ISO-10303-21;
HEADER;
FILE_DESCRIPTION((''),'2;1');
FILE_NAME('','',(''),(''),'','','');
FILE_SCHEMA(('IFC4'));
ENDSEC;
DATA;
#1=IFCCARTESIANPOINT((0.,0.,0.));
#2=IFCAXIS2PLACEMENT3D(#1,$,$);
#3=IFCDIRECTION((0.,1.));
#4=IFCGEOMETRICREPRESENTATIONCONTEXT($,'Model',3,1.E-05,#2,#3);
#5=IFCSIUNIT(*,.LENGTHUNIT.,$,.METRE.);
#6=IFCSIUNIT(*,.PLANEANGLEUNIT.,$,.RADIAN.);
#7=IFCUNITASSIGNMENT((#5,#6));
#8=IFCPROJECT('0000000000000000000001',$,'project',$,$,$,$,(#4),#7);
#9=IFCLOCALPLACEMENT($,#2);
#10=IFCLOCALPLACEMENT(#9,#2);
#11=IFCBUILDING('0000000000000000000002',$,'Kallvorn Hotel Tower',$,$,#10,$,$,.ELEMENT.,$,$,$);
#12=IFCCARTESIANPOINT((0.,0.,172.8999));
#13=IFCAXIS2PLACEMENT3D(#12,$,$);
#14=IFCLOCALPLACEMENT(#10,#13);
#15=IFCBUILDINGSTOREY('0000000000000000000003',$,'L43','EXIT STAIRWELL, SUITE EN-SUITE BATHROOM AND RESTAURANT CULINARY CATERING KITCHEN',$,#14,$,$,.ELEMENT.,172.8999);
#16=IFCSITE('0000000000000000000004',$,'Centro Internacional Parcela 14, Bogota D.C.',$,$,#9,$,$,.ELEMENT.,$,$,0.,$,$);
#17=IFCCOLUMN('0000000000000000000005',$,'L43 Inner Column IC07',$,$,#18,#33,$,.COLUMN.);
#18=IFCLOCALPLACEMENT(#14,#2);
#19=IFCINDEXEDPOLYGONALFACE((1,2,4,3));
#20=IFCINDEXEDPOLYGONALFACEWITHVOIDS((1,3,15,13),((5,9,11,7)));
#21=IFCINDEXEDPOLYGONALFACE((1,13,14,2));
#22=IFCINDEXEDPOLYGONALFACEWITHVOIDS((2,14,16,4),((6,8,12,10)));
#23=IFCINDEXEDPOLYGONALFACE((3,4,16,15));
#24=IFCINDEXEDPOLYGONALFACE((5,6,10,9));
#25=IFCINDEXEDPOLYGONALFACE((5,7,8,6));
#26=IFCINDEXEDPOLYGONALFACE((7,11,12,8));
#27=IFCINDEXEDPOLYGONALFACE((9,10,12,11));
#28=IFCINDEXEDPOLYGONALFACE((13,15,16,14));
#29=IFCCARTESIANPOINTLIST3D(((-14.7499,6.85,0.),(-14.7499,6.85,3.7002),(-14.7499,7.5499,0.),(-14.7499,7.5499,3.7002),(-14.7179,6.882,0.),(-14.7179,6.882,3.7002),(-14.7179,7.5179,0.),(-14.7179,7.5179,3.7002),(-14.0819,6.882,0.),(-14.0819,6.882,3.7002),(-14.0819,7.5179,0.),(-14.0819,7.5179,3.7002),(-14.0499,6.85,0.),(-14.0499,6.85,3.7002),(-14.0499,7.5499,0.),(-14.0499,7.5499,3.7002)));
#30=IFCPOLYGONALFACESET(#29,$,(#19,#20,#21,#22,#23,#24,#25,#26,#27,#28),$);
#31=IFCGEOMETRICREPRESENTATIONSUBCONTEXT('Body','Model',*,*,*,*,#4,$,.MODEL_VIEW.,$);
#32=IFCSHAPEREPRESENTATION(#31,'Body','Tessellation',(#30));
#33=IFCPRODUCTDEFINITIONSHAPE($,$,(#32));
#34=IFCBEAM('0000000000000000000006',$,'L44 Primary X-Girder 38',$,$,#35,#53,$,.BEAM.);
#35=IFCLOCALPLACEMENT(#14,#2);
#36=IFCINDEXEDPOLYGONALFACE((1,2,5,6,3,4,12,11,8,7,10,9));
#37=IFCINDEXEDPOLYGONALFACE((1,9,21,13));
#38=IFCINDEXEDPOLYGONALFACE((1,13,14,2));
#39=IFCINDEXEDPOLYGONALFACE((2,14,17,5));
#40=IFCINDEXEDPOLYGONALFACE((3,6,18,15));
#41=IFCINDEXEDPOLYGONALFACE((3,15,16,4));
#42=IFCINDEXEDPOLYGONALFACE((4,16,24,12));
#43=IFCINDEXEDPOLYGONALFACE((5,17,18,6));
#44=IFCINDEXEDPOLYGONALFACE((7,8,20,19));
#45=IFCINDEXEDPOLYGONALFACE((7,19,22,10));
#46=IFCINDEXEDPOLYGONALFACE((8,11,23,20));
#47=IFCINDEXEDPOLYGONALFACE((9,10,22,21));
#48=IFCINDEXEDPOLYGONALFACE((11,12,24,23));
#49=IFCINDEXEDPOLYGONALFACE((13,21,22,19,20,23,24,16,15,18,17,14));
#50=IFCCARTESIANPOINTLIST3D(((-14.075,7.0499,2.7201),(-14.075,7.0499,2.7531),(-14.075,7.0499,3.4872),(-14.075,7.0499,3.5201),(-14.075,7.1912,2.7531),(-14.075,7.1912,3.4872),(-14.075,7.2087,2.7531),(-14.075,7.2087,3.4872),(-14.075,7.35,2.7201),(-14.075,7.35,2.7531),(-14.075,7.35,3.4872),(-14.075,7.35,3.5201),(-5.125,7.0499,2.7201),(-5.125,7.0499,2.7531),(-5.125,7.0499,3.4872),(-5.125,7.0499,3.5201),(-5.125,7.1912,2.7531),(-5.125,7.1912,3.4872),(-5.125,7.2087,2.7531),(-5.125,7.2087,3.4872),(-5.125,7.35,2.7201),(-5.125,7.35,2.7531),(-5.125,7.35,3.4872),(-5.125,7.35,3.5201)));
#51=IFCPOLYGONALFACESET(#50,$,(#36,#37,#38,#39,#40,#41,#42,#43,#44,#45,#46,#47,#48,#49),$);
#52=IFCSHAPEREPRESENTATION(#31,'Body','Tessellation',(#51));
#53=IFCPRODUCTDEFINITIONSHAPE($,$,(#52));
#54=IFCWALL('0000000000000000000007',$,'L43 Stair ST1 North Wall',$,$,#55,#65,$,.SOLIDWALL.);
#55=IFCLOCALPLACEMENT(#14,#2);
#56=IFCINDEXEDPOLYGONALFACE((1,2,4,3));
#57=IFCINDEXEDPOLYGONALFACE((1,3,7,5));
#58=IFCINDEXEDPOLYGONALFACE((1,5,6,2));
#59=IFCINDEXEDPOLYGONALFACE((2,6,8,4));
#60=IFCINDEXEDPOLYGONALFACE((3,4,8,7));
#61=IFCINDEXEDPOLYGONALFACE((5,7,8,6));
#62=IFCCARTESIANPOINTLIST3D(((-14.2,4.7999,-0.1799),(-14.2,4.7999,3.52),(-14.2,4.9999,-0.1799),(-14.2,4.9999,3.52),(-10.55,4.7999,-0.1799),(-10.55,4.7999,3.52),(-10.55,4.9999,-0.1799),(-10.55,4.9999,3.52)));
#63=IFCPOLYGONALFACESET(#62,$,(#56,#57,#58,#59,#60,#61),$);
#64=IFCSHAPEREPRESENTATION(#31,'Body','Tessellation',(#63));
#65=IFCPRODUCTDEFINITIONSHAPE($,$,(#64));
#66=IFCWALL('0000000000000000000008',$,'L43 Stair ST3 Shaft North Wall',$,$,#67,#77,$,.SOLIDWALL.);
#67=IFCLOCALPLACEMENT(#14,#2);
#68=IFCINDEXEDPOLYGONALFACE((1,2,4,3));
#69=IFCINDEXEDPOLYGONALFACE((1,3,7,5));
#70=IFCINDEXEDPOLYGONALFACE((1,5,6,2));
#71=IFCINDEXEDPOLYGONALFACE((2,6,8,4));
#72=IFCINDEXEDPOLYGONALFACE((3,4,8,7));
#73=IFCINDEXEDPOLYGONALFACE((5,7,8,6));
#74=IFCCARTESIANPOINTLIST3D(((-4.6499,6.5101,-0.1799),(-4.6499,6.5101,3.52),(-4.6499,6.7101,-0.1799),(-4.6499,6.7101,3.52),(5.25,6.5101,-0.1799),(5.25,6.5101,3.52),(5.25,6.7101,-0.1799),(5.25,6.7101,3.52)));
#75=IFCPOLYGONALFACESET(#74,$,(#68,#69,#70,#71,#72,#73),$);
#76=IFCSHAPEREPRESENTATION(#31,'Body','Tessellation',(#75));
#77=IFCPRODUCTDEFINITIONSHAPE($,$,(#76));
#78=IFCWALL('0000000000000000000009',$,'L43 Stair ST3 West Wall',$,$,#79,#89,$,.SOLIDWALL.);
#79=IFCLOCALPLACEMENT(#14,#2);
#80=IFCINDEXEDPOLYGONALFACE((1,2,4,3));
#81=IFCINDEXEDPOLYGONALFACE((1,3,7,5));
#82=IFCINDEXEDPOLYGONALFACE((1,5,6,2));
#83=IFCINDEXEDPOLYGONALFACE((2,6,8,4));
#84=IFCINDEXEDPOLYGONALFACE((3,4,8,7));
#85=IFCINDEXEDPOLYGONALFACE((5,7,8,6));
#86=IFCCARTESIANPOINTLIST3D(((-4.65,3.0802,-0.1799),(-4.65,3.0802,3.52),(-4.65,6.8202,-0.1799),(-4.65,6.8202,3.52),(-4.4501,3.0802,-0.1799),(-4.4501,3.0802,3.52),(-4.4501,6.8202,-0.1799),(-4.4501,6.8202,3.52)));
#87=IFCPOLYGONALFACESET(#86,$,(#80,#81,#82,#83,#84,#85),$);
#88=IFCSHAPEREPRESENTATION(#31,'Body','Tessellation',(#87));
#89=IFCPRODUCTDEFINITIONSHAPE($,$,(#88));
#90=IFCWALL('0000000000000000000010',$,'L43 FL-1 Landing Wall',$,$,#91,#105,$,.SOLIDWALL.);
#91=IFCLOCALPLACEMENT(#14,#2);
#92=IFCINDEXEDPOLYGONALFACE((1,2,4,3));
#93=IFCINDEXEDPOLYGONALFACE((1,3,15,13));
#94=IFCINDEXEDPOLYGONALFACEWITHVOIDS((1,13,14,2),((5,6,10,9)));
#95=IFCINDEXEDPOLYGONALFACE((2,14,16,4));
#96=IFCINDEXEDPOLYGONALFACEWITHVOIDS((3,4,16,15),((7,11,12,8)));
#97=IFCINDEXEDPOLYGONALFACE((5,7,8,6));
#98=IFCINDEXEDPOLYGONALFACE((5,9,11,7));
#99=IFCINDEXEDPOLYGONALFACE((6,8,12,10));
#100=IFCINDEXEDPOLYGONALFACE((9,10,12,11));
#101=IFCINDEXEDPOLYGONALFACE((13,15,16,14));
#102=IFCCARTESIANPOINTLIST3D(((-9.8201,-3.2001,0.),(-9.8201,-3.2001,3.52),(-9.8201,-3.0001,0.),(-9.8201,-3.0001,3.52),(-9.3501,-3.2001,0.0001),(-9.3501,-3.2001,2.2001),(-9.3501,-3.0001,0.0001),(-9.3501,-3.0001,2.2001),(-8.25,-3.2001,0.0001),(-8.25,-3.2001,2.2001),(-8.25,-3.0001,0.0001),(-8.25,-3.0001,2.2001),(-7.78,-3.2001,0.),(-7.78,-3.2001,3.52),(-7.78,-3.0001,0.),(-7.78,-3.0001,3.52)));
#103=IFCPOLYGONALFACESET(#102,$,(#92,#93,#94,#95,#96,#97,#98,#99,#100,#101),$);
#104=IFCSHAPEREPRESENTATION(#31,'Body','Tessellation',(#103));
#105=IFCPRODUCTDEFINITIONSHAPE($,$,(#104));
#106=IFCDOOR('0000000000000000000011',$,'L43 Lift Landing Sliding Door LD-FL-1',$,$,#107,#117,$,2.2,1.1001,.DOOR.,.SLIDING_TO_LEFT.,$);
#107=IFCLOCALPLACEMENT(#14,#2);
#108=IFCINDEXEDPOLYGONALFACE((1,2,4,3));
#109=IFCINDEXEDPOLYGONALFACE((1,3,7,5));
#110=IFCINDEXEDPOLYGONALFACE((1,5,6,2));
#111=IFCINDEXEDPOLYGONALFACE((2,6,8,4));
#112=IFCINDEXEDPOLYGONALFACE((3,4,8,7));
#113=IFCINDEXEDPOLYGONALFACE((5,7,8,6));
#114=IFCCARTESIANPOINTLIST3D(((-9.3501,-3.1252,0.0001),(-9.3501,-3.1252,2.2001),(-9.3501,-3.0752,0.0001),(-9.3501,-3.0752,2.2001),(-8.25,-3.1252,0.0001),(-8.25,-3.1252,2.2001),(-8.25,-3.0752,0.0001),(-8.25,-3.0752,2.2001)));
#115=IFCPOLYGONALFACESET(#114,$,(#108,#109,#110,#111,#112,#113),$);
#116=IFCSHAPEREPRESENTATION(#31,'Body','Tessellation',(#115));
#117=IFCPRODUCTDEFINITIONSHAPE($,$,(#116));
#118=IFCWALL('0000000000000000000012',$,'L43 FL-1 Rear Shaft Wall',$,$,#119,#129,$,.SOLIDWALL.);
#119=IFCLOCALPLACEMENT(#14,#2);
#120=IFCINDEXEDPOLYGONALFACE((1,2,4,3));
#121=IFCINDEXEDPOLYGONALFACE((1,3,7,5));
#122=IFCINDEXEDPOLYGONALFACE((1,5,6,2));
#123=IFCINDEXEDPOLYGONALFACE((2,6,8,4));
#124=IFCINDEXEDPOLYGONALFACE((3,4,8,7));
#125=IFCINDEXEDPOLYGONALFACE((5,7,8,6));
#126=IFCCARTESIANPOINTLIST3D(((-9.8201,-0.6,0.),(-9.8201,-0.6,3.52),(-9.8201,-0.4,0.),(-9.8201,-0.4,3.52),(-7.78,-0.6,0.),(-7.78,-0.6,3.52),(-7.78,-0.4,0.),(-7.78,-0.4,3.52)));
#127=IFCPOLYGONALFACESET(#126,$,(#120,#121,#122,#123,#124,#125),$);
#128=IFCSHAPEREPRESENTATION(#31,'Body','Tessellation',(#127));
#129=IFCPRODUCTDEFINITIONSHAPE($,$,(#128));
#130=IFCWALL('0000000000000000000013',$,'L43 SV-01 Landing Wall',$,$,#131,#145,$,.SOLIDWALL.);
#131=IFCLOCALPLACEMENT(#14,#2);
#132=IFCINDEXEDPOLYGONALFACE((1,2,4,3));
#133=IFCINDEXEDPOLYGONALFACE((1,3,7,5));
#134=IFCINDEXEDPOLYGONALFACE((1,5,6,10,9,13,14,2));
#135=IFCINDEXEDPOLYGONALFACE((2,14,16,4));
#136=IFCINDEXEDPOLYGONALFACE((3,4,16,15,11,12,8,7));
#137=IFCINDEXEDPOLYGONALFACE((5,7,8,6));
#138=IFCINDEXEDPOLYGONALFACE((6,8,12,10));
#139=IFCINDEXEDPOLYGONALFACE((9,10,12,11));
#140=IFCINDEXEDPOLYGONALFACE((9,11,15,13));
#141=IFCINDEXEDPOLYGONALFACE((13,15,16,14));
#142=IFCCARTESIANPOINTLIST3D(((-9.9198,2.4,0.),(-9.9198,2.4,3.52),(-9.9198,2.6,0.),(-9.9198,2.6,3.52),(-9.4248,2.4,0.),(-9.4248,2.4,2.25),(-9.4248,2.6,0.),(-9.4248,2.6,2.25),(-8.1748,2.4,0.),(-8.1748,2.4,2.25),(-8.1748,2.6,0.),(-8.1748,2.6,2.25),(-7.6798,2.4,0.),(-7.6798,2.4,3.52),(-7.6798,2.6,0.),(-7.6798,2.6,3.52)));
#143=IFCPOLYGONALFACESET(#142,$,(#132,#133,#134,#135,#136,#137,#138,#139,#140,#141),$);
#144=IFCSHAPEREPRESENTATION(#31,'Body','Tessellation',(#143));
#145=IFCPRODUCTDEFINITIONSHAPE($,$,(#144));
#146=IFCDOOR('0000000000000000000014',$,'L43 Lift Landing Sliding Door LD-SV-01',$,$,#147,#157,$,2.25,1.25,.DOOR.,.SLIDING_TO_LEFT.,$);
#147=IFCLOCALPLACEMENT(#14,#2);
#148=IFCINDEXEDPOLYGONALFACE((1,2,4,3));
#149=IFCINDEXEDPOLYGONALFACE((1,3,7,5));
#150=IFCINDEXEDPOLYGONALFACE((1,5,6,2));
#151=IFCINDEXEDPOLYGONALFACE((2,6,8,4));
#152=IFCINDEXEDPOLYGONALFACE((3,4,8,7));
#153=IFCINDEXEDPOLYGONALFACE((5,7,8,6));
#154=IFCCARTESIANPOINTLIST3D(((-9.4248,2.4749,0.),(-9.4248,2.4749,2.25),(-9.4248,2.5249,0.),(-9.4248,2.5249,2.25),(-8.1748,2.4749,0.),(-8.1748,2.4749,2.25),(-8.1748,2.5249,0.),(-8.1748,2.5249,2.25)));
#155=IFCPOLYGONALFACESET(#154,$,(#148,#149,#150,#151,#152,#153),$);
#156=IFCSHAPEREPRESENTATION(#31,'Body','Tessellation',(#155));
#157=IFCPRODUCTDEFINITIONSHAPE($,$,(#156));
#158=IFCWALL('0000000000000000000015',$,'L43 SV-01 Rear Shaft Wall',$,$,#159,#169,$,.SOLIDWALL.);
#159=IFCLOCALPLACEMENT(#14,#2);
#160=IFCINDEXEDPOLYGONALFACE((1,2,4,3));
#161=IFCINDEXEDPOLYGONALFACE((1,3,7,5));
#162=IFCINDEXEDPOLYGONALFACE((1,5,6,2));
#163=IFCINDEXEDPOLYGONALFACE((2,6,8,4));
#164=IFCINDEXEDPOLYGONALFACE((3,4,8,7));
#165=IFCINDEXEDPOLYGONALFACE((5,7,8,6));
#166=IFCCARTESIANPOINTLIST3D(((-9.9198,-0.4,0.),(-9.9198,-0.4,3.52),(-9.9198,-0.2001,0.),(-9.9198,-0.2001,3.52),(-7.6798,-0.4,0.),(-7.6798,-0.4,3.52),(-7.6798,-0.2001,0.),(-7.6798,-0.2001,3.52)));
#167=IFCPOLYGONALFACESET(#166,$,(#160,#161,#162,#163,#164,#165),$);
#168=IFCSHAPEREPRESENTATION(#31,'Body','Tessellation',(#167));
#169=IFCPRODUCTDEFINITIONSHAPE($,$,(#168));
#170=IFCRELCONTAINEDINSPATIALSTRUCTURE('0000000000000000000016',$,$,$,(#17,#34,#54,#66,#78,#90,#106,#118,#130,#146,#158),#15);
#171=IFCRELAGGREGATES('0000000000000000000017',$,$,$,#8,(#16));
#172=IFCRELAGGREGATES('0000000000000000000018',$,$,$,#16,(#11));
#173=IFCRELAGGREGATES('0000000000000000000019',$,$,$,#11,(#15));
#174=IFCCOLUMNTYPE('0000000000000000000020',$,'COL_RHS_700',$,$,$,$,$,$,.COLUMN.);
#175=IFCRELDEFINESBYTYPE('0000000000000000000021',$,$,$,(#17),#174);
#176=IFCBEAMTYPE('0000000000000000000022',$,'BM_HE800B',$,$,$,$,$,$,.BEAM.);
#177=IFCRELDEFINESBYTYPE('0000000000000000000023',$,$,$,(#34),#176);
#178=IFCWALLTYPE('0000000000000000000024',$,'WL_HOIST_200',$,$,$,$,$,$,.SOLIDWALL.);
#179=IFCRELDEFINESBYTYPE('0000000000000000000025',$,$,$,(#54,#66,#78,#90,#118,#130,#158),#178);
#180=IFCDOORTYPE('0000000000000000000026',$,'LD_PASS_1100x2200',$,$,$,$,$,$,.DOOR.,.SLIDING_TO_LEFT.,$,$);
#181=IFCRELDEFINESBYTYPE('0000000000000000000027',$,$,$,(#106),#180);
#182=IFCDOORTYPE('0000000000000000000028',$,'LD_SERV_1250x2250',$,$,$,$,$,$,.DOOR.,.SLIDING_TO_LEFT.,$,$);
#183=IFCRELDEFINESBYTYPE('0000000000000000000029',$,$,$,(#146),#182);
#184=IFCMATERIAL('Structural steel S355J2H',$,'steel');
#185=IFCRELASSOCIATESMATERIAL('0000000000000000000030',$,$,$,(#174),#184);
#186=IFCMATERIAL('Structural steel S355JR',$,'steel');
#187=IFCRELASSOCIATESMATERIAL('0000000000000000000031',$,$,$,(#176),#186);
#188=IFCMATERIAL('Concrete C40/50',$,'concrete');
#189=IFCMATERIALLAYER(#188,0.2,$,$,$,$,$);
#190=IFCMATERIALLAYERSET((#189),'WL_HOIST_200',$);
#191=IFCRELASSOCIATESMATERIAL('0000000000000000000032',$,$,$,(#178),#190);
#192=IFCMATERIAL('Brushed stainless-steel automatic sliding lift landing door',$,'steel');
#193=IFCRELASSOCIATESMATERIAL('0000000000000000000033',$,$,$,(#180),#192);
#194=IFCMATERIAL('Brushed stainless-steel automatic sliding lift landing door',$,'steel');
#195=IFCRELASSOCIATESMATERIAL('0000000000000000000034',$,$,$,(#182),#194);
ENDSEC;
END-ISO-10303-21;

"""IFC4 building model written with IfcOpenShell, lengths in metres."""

from ifc_helpers import new_model, si_unit, direction, frame, frame_2d, origin, origin_2d, place, context, subcontext, project, spatial, rectangle, hollow_rectangle, i_section, extrude, material, layer, layer_set, material_profile, profile_set, type_object, element, fill, save


model = new_model("IFC4")

# Units and contexts
model_context = context("Model", 3, precision=1e-05, world=origin(), true_north=direction((0.0, 1.0)))
body_context = subcontext(model_context, "Body", "Model", "MODEL_VIEW")
ifc_project = project(units=[si_unit("LENGTHUNIT", "METRE"), si_unit("PLANEANGLEUNIT", "RADIAN")], contexts=[model_context])

# Site, building, storey
site_placement = place(None, origin())
site = spatial("IfcSite", under=ifc_project, at=site_placement, Name="Centro Internacional Parcela 14, Bogota D.C.", CompositionType="ELEMENT", RefElevation=0.0)
building_placement = place(site_placement, origin())
building = spatial("IfcBuilding", under=site, at=building_placement, Name="Kallvorn Hotel Tower", CompositionType="ELEMENT")
storey_placement = place(building_placement, frame((0.0, 0.0, 172.8999)))
storey = spatial("IfcBuildingStorey", under=building, at=storey_placement, Name="L43", Description="EXIT STAIRWELL, SUITE EN-SUITE BATHROOM AND RESTAURANT CULINARY CATERING KITCHEN", CompositionType="ELEMENT", Elevation=172.8999)

# Column
ifc_material_1 = material(Name="Structural steel S355J2H", Category="steel")
ifc_material_profile_1 = material_profile(ifc_material_1, hollow_rectangle(XDim=0.7, YDim=0.7, WallThickness=0.032, at=origin_2d()), Name="RHS 700x700x32")
ifc_profile_set_1 = profile_set([ifc_material_profile_1], Name="Structural steel S355J2H")
column_type = type_object("IfcColumnType", Name="COL_RHS_700", PredefinedType="COLUMN", material=ifc_profile_set_1)
column_placement = place(storey_placement, frame((-14.3999, 7.2, 0.0), z_axis=(0.0, 0.0, 1.0), x_axis=(1.0, 0.0, 0.0)))
element("IfcColumn", 1, at=column_placement, inside=storey, type_object=column_type, Name="L43 Inner Column IC07", PredefinedType="COLUMN", context=body_context, shape_type="SweptSolid", body=[
    extrude(hollow_rectangle(XDim=0.7, YDim=0.7, WallThickness=0.032, at=origin_2d()), origin(), (0.0, 0.0, 1.0), 3.7002),
])

# Beam
ifc_material_2 = material(Name="Structural steel S355JR", Category="steel")
ifc_material_profile_2 = material_profile(ifc_material_2, i_section(OverallWidth=0.3, OverallDepth=0.8, WebThickness=0.0176, FlangeThickness=0.033, at=origin_2d()), Name="HE 800 B")
ifc_profile_set_2 = profile_set([ifc_material_profile_2], Name="Structural steel S355JR")
beam_type = type_object("IfcBeamType", Name="BM_HE800B", PredefinedType="BEAM", material=ifc_profile_set_2)
beam_placement = place(storey_placement, frame((-14.075, 7.2, 3.1201), z_axis=(1.0, 0.0, 0.0), x_axis=(0.0, 1.0, 0.0)))
element("IfcBeam", 2, at=beam_placement, inside=storey, type_object=beam_type, Name="L44 Primary X-Girder 38", PredefinedType="BEAM", context=body_context, shape_type="SweptSolid", body=[
    extrude(i_section(OverallWidth=0.3, OverallDepth=0.8, WebThickness=0.0176, FlangeThickness=0.033, at=origin_2d()), origin(), (0.0, 0.0, 1.0), 8.95),
])

# Walls
ifc_material_3 = material(Name="Concrete C40/50", Category="concrete")
ifc_layer_1 = layer(ifc_material_3, 0.2)
ifc_layer_set_1 = layer_set([ifc_layer_1], Name="WL_HOIST_200")
wall_type_1 = type_object("IfcWallType", Name="WL_HOIST_200", PredefinedType="SOLIDWALL", material=ifc_layer_set_1)
wall_1_placement = place(storey_placement, frame((-14.2, 4.8999, -0.1799), z_axis=(0.0, 0.0, 1.0), x_axis=(1.0, 0.0, 0.0)))
element("IfcWall", 3, at=wall_1_placement, inside=storey, type_object=wall_type_1, Name="L43 Stair ST1 North Wall", PredefinedType="SOLIDWALL", context=body_context, shape_type="SweptSolid", body=[
    extrude(rectangle(XDim=3.6499, YDim=0.2, at=frame_2d((1.825, 0.0))), origin(), (0.0, 0.0, 1.0), 3.7),
])
wall_2_placement = place(storey_placement, frame((-4.6499, 6.6101, -0.1799), z_axis=(0.0, 0.0, 1.0), x_axis=(1.0, 0.0, 0.0)))
element("IfcWall", 4, at=wall_2_placement, inside=storey, type_object=wall_type_1, Name="L43 Stair ST3 Shaft North Wall", PredefinedType="SOLIDWALL", context=body_context, shape_type="SweptSolid", body=[
    extrude(rectangle(XDim=9.8999, YDim=0.2, at=frame_2d((4.95, 0.0))), origin(), (0.0, 0.0, 1.0), 3.7),
])
wall_3_placement = place(storey_placement, frame((-4.55, 3.0801, -0.1799), z_axis=(0.0, 0.0, 1.0), x_axis=(0.0, 1.0, 0.0)))
element("IfcWall", 5, at=wall_3_placement, inside=storey, type_object=wall_type_1, Name="L43 Stair ST3 West Wall", PredefinedType="SOLIDWALL", context=body_context, shape_type="SweptSolid", body=[
    extrude(rectangle(XDim=3.74, YDim=0.2, at=frame_2d((1.8701, 0.0))), origin(), (0.0, 0.0, 1.0), 3.7),
])

# Wall, opening, door
wall_4_placement = place(storey_placement, frame((-9.8201, -3.1001, 0.0), z_axis=(0.0, 0.0, 1.0), x_axis=(1.0, 0.0, 0.0)))
wall_4 = element("IfcWall", 6, at=wall_4_placement, inside=storey, type_object=wall_type_1, Name="L43 FL-1 Landing Wall", PredefinedType="SOLIDWALL", context=body_context, shape_type="SweptSolid", body=[
    extrude(rectangle(XDim=2.04, YDim=0.2, at=frame_2d((1.02, 0.0))), origin(), (0.0, 0.0, 1.0), 3.52),
])
opening_1_placement = place(wall_4_placement, frame((0.47, 0.0, 0.0)))
opening_1 = element("IfcOpeningElement", 7, at=opening_1_placement, cuts=wall_4, PredefinedType="OPENING", context=body_context, shape_type="SweptSolid", body=[
    extrude(rectangle(XDim=1.1001, YDim=2.2, at=frame_2d((0.55, 1.1001))), frame((0.0, 0.115, 0.0), z_axis=(0.0, -1.0, 0.0), x_axis=(1.0, 0.0, 0.0)), (0.0, 0.0, 1.0), 0.23),
])
ifc_material_4 = material(Name="Brushed stainless-steel automatic sliding lift landing door", Category="steel")
door_type_1 = type_object("IfcDoorType", Name="LD_PASS_1100x2200", OperationType="SLIDING_TO_LEFT", PredefinedType="DOOR", material=ifc_material_4)
door_1_placement = place(opening_1_placement, origin())
door_1 = element("IfcDoor", 8, at=door_1_placement, inside=storey, type_object=door_type_1, Name="L43 Lift Landing Sliding Door LD-FL-1", OperationType="SLIDING_TO_LEFT", OverallHeight=2.2, OverallWidth=1.1001, PredefinedType="DOOR", context=body_context, shape_type="SweptSolid", body=[
    extrude(rectangle(XDim=1.1001, YDim=2.2, at=frame_2d((0.55, 1.1001))), frame((0.0, 0.0249, 0.0), z_axis=(0.0, -1.0, 0.0), x_axis=(1.0, 0.0, 0.0)), (0.0, 0.0, 1.0), 0.05),
])
fill(opening_1, door_1)

# Wall
wall_5_placement = place(storey_placement, frame((-9.8201, -0.5, 0.0), z_axis=(0.0, 0.0, 1.0), x_axis=(1.0, 0.0, 0.0)))
element("IfcWall", 9, at=wall_5_placement, inside=storey, type_object=wall_type_1, Name="L43 FL-1 Rear Shaft Wall", PredefinedType="SOLIDWALL", context=body_context, shape_type="SweptSolid", body=[
    extrude(rectangle(XDim=2.04, YDim=0.2, at=frame_2d((1.02, 0.0))), origin(), (0.0, 0.0, 1.0), 3.52),
])

# Wall, opening, door
wall_6_placement = place(storey_placement, frame((-9.9199, 2.5, 0.0), z_axis=(0.0, 0.0, 1.0), x_axis=(1.0, 0.0, 0.0)))
wall_6 = element("IfcWall", 10, at=wall_6_placement, inside=storey, type_object=wall_type_1, Name="L43 SV-01 Landing Wall", PredefinedType="SOLIDWALL", context=body_context, shape_type="SweptSolid", body=[
    extrude(rectangle(XDim=2.24, YDim=0.2, at=frame_2d((1.1201, 0.0))), origin(), (0.0, 0.0, 1.0), 3.52),
])
opening_2_placement = place(wall_6_placement, frame((0.4951, 0.0, 0.0)))
opening_2 = element("IfcOpeningElement", 11, at=opening_2_placement, cuts=wall_6, PredefinedType="OPENING", context=body_context, shape_type="SweptSolid", body=[
    extrude(rectangle(XDim=1.25, YDim=2.25, at=frame_2d((0.625, 1.125))), frame((0.0, 0.115, 0.0), z_axis=(0.0, -1.0, 0.0), x_axis=(1.0, 0.0, 0.0)), (0.0, 0.0, 1.0), 0.23),
])
ifc_material_5 = material(Name="Brushed stainless-steel automatic sliding lift landing door", Category="steel")
door_type_2 = type_object("IfcDoorType", Name="LD_SERV_1250x2250", OperationType="SLIDING_TO_LEFT", PredefinedType="DOOR", material=ifc_material_5)
door_2_placement = place(opening_2_placement, origin())
door_2 = element("IfcDoor", 12, at=door_2_placement, inside=storey, type_object=door_type_2, Name="L43 Lift Landing Sliding Door LD-SV-01", OperationType="SLIDING_TO_LEFT", OverallHeight=2.25, OverallWidth=1.25, PredefinedType="DOOR", context=body_context, shape_type="SweptSolid", body=[
    extrude(rectangle(XDim=1.25, YDim=2.25, at=frame_2d((0.625, 1.125))), frame((0.0, 0.0249, 0.0), z_axis=(0.0, -1.0, 0.0), x_axis=(1.0, 0.0, 0.0)), (0.0, 0.0, 1.0), 0.05),
])
fill(opening_2, door_2)

# Wall
wall_7_placement = place(storey_placement, frame((-9.9199, -0.3, 0.0), z_axis=(0.0, 0.0, 1.0), x_axis=(1.0, 0.0, 0.0)))
element("IfcWall", 13, at=wall_7_placement, inside=storey, type_object=wall_type_1, Name="L43 SV-01 Rear Shaft Wall", PredefinedType="SOLIDWALL", context=body_context, shape_type="SweptSolid", body=[
    extrude(rectangle(XDim=2.24, YDim=0.2, at=frame_2d((1.1201, 0.0))), origin(), (0.0, 0.0, 1.0), 3.52),
])

save(model, "model.ifc")
